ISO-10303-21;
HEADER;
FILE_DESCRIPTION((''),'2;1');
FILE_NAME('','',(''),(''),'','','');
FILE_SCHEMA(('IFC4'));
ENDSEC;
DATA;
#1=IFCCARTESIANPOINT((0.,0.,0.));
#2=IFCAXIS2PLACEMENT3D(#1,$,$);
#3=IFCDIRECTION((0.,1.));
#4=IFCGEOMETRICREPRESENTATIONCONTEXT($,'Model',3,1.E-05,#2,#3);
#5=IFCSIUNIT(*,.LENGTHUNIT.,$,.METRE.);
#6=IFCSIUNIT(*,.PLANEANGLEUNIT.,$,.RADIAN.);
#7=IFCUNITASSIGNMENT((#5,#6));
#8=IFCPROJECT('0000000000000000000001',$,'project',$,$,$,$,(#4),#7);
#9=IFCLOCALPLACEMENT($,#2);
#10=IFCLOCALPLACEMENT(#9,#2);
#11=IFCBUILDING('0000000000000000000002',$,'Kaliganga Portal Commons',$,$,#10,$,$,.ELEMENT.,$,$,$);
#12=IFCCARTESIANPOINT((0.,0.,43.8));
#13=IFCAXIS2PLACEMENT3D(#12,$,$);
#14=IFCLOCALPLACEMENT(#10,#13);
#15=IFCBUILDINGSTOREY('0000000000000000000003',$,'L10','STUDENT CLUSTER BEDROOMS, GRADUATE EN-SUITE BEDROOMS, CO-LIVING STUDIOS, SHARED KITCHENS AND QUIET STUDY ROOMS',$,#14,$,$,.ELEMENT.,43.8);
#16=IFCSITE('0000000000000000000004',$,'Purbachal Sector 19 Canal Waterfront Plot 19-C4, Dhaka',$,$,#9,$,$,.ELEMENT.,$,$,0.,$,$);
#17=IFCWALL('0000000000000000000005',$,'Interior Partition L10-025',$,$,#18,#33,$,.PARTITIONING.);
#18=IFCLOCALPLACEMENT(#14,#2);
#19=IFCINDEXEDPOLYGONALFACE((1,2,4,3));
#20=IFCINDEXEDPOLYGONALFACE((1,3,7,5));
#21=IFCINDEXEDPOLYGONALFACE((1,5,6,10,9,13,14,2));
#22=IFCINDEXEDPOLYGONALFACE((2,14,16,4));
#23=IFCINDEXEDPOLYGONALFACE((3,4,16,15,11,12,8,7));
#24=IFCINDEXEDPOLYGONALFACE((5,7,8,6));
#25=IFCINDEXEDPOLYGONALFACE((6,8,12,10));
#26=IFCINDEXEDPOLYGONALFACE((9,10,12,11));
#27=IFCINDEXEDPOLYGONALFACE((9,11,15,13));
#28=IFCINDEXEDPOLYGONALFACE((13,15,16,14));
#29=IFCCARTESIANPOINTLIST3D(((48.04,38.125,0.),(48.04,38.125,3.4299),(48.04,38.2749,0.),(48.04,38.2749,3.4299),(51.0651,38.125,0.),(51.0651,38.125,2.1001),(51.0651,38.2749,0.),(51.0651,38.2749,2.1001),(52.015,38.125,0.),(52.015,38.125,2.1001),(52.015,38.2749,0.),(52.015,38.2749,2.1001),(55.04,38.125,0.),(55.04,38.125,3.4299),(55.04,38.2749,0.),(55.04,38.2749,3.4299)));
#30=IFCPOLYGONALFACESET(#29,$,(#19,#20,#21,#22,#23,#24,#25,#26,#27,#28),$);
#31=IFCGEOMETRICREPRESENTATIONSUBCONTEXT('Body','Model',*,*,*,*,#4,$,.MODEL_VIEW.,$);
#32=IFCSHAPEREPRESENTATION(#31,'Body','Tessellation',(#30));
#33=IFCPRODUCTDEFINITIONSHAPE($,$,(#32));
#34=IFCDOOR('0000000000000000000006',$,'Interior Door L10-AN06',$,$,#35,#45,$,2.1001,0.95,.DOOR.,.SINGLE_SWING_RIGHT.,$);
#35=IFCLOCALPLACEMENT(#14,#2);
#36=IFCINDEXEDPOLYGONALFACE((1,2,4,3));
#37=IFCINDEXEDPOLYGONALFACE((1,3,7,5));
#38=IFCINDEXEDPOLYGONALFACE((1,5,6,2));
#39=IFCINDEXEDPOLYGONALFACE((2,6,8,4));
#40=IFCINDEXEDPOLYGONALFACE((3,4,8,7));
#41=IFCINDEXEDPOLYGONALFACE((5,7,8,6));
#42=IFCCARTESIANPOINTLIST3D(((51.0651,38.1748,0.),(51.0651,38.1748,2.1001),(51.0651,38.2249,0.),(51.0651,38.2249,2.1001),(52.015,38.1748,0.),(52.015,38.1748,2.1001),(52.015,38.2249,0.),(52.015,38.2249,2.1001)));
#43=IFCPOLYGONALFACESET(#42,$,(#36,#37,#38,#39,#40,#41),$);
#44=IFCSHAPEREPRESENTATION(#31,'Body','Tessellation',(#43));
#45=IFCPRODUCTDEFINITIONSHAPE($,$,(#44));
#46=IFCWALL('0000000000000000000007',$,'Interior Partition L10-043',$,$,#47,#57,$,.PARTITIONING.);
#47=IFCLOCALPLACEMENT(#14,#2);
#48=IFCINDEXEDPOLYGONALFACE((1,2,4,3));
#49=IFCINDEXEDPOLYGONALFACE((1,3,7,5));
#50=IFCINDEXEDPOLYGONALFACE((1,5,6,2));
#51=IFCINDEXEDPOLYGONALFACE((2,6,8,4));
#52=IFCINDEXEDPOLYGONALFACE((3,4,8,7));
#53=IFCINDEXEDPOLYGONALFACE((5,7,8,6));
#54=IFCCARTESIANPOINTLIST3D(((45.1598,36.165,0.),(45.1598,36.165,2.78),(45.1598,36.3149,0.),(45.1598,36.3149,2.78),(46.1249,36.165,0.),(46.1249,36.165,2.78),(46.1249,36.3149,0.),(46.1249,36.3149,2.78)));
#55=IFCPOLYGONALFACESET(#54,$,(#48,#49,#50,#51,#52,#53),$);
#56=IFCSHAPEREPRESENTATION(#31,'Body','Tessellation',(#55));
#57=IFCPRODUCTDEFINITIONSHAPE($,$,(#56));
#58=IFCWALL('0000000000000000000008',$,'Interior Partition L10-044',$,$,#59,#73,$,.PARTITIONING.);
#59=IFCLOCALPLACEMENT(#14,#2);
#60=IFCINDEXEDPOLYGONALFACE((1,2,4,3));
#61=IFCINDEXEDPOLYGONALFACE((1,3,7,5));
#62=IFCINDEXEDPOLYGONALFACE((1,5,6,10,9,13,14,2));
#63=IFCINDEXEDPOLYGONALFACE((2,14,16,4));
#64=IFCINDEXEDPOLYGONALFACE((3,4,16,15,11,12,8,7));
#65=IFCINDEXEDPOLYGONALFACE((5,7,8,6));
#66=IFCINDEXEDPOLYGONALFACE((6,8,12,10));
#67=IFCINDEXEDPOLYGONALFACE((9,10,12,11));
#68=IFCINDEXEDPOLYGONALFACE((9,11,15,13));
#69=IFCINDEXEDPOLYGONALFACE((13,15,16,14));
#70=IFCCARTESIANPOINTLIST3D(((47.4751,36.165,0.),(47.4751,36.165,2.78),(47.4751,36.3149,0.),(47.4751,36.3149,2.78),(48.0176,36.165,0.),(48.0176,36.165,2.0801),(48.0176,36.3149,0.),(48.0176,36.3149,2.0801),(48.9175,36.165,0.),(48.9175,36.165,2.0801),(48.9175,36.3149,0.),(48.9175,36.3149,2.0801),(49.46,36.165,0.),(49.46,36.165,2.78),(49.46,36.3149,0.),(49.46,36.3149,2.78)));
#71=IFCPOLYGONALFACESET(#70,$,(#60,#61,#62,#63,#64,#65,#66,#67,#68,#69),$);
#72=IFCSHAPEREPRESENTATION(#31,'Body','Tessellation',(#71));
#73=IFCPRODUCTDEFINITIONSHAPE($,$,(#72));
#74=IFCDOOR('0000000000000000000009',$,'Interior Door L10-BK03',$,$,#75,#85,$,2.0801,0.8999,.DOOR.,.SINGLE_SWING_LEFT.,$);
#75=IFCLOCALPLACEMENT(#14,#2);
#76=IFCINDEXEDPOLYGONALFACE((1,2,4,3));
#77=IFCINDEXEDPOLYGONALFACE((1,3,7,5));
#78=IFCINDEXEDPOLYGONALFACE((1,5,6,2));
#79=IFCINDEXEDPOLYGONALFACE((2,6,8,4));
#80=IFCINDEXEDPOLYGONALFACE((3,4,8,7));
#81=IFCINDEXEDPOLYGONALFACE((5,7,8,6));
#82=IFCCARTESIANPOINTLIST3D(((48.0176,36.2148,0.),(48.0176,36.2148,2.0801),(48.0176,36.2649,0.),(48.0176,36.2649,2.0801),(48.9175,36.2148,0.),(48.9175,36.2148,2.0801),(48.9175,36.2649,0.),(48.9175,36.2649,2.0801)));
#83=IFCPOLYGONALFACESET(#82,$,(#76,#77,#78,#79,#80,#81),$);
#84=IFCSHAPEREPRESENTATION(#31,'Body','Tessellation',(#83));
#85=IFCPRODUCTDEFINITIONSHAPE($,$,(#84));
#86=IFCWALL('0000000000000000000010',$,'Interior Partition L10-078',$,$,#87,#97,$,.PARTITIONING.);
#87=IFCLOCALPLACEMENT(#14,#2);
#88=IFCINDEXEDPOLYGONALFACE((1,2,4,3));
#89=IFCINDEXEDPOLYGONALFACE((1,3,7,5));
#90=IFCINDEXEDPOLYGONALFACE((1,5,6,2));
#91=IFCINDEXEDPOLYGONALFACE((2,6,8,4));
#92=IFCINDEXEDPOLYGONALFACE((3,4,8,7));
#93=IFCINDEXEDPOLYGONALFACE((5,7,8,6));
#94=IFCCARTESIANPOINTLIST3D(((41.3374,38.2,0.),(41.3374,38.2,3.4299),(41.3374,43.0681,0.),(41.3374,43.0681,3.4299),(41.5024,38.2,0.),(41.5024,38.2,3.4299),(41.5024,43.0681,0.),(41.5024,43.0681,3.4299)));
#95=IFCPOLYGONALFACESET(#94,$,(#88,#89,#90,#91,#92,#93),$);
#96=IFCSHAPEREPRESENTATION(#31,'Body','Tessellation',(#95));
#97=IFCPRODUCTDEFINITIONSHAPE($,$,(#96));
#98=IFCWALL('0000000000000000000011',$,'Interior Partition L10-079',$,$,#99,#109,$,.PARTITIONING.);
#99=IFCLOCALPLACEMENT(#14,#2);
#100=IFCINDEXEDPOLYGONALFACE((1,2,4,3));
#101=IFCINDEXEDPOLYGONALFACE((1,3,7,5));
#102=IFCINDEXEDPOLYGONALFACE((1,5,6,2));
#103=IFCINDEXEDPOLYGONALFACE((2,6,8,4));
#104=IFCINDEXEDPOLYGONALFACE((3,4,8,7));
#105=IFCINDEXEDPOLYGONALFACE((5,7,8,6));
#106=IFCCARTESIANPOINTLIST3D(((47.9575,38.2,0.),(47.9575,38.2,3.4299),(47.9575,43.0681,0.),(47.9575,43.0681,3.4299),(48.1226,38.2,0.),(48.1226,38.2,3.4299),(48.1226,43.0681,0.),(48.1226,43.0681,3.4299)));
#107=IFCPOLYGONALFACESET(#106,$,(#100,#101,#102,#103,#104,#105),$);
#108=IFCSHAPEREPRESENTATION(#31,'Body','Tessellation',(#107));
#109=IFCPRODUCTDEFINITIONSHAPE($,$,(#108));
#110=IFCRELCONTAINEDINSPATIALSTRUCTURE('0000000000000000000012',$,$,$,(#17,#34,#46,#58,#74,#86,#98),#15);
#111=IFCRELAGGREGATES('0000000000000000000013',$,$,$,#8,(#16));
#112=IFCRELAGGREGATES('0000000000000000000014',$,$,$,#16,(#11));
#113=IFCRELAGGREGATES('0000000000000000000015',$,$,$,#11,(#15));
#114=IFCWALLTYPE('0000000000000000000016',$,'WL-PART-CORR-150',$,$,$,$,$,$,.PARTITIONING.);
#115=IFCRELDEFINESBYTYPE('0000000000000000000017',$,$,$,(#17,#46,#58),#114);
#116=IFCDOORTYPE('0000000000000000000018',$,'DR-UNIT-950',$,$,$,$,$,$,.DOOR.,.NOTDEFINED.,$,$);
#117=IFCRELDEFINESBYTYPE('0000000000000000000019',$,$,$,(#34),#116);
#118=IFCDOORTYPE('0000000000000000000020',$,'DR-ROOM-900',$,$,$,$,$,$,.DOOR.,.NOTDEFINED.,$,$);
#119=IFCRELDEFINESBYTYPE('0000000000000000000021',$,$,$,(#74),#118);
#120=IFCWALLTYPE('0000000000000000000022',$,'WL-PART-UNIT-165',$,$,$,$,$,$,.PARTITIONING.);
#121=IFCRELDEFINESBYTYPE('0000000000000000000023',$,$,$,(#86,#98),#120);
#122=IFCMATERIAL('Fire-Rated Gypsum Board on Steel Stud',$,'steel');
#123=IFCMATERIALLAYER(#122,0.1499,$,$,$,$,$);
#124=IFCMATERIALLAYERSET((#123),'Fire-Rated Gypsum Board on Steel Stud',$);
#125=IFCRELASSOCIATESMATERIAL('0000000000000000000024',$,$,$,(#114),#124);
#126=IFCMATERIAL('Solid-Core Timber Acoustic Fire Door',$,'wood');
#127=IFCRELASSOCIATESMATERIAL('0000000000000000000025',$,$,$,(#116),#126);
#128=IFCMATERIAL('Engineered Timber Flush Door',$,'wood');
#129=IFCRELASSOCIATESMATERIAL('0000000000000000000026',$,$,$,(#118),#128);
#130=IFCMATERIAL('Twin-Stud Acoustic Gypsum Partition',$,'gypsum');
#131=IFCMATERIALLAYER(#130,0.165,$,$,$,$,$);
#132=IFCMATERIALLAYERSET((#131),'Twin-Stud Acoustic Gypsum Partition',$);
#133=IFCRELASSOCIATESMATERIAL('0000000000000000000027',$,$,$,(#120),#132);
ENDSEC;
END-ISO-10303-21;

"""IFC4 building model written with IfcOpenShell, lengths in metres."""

from ifc_helpers import new_model, si_unit, direction, frame, frame_2d, origin, place, context, subcontext, project, spatial, rectangle, extrude, material, layer, layer_set, type_object, element, fill, save


model = new_model("IFC4")

# Units and contexts
model_context = context("Model", 3, precision=1e-05, world=origin(), true_north=direction((0.0, 1.0)))
body_context = subcontext(model_context, "Body", "Model", "MODEL_VIEW")
ifc_project = project(units=[si_unit("LENGTHUNIT", "METRE"), si_unit("PLANEANGLEUNIT", "RADIAN")], contexts=[model_context])

# Site, building, storey
site_placement = place(None, origin())
site = spatial("IfcSite", under=ifc_project, at=site_placement, Name="Purbachal Sector 19 Canal Waterfront Plot 19-C4, Dhaka", CompositionType="ELEMENT", RefElevation=0.0)
building_placement = place(site_placement, origin())
building = spatial("IfcBuilding", under=site, at=building_placement, Name="Kaliganga Portal Commons", CompositionType="ELEMENT")
storey_placement = place(building_placement, frame((0.0, 0.0, 43.8)))
storey = spatial("IfcBuildingStorey", under=building, at=storey_placement, Name="L10", Description="STUDENT CLUSTER BEDROOMS, GRADUATE EN-SUITE BEDROOMS, CO-LIVING STUDIOS, SHARED KITCHENS AND QUIET STUDY ROOMS", CompositionType="ELEMENT", Elevation=43.8)

# Wall, opening, door
ifc_material_1 = material(Name="Fire-Rated Gypsum Board on Steel Stud", Category="steel")
ifc_layer_1 = layer(ifc_material_1, 0.1499)
ifc_layer_set_1 = layer_set([ifc_layer_1], Name="Fire-Rated Gypsum Board on Steel Stud")
wall_type_1 = type_object("IfcWallType", Name="WL-PART-CORR-150", PredefinedType="PARTITIONING", material=ifc_layer_set_1)
wall_1_placement = place(storey_placement, frame((48.04, 38.2, 0.0), z_axis=(0.0, 0.0, 1.0), x_axis=(1.0, 0.0, 0.0)))
wall_1 = element("IfcWall", 1, at=wall_1_placement, inside=storey, type_object=wall_type_1, Name="Interior Partition L10-025", PredefinedType="PARTITIONING", context=body_context, shape_type="SweptSolid", body=[
    extrude(rectangle(XDim=7.0, YDim=0.1499, at=frame_2d((3.5, 0.0))), origin(), (0.0, 0.0, 1.0), 3.4299),
])
opening_1_placement = place(wall_1_placement, frame((3.0249, 0.0, 0.0)))
opening_1 = element("IfcOpeningElement", 2, at=opening_1_placement, cuts=wall_1, PredefinedType="OPENING", context=body_context, shape_type="SweptSolid", body=[
    extrude(rectangle(XDim=0.95, YDim=2.1001, at=frame_2d((0.4751, 1.05))), frame((0.0, 0.085, 0.0), z_axis=(0.0, -1.0, 0.0), x_axis=(1.0, 0.0, 0.0)), (0.0, 0.0, 1.0), 0.1699),
])
ifc_material_2 = material(Name="Solid-Core Timber Acoustic Fire Door", Category="wood")
door_type_1 = type_object("IfcDoorType", Name="DR-UNIT-950", OperationType="NOTDEFINED", PredefinedType="DOOR", material=ifc_material_2)
door_1_placement = place(opening_1_placement, origin())
door_1 = element("IfcDoor", 3, at=door_1_placement, inside=storey, type_object=door_type_1, Name="Interior Door L10-AN06", OperationType="SINGLE_SWING_RIGHT", OverallHeight=2.1001, OverallWidth=0.95, PredefinedType="DOOR", context=body_context, shape_type="SweptSolid", body=[
    extrude(rectangle(XDim=0.95, YDim=2.1001, at=frame_2d((0.4751, 1.05))), frame((0.0, 0.0249, 0.0), z_axis=(0.0, -1.0, 0.0), x_axis=(1.0, 0.0, 0.0)), (0.0, 0.0, 1.0), 0.05),
])
fill(opening_1, door_1)

# Wall
wall_2_placement = place(storey_placement, frame((45.1599, 36.24, 0.0), z_axis=(0.0, 0.0, 1.0), x_axis=(1.0, 0.0, 0.0)))
element("IfcWall", 4, at=wall_2_placement, inside=storey, type_object=wall_type_1, Name="Interior Partition L10-043", PredefinedType="PARTITIONING", context=body_context, shape_type="SweptSolid", body=[
    extrude(rectangle(XDim=0.9651, YDim=0.1499, at=frame_2d((0.4824, 0.0))), origin(), (0.0, 0.0, 1.0), 2.78),
])

# Wall, opening, door
wall_3_placement = place(storey_placement, frame((47.4751, 36.24, 0.0), z_axis=(0.0, 0.0, 1.0), x_axis=(1.0, 0.0, 0.0)))
wall_3 = element("IfcWall", 5, at=wall_3_placement, inside=storey, type_object=wall_type_1, Name="Interior Partition L10-044", PredefinedType="PARTITIONING", context=body_context, shape_type="SweptSolid", body=[
    extrude(rectangle(XDim=1.9849, YDim=0.1499, at=frame_2d((0.9924, 0.0))), origin(), (0.0, 0.0, 1.0), 2.78),
])
opening_2_placement = place(wall_3_placement, frame((0.5425, 0.0, 0.0)))
opening_2 = element("IfcOpeningElement", 6, at=opening_2_placement, cuts=wall_3, PredefinedType="OPENING", context=body_context, shape_type="SweptSolid", body=[
    extrude(rectangle(XDim=0.8999, YDim=2.0801, at=frame_2d((0.45, 1.04))), frame((0.0, 0.085, 0.0), z_axis=(0.0, -1.0, 0.0), x_axis=(1.0, 0.0, 0.0)), (0.0, 0.0, 1.0), 0.1699),
])
ifc_material_3 = material(Name="Engineered Timber Flush Door", Category="wood")
door_type_2 = type_object("IfcDoorType", Name="DR-ROOM-900", OperationType="NOTDEFINED", PredefinedType="DOOR", material=ifc_material_3)
door_2_placement = place(opening_2_placement, origin())
door_2 = element("IfcDoor", 7, at=door_2_placement, inside=storey, type_object=door_type_2, Name="Interior Door L10-BK03", OperationType="SINGLE_SWING_LEFT", OverallHeight=2.0801, OverallWidth=0.8999, PredefinedType="DOOR", context=body_context, shape_type="SweptSolid", body=[
    extrude(rectangle(XDim=0.8999, YDim=2.0801, at=frame_2d((0.45, 1.04))), frame((0.0, 0.0249, 0.0), z_axis=(0.0, -1.0, 0.0), x_axis=(1.0, 0.0, 0.0)), (0.0, 0.0, 1.0), 0.05),
])
fill(opening_2, door_2)

# Walls
ifc_material_4 = material(Name="Twin-Stud Acoustic Gypsum Partition", Category="gypsum")
ifc_layer_2 = layer(ifc_material_4, 0.165)
ifc_layer_set_2 = layer_set([ifc_layer_2], Name="Twin-Stud Acoustic Gypsum Partition")
wall_type_2 = type_object("IfcWallType", Name="WL-PART-UNIT-165", PredefinedType="PARTITIONING", material=ifc_layer_set_2)
for number, where, z_axis, x_axis, name in (
    (8, (41.4199, 38.2, 0.0), (0.0, 0.0, 1.0), (0.0, 1.0, 0.0), "Interior Partition L10-078"),
    (9, (48.04, 38.2, 0.0), (0.0, 0.0, 1.0), (0.0, 1.0, 0.0), "Interior Partition L10-079"),
):
    element("IfcWall", number, at=place(storey_placement, frame(where, z_axis=z_axis, x_axis=x_axis)), inside=storey, type_object=wall_type_2, Name=name, PredefinedType="PARTITIONING", context=body_context, shape_type="SweptSolid", body=[
        extrude(rectangle(XDim=4.8682, YDim=0.165, at=frame_2d((2.4341, 0.0))), origin(), (0.0, 0.0, 1.0), 3.4299),
    ])

save(model, "model.ifc")
